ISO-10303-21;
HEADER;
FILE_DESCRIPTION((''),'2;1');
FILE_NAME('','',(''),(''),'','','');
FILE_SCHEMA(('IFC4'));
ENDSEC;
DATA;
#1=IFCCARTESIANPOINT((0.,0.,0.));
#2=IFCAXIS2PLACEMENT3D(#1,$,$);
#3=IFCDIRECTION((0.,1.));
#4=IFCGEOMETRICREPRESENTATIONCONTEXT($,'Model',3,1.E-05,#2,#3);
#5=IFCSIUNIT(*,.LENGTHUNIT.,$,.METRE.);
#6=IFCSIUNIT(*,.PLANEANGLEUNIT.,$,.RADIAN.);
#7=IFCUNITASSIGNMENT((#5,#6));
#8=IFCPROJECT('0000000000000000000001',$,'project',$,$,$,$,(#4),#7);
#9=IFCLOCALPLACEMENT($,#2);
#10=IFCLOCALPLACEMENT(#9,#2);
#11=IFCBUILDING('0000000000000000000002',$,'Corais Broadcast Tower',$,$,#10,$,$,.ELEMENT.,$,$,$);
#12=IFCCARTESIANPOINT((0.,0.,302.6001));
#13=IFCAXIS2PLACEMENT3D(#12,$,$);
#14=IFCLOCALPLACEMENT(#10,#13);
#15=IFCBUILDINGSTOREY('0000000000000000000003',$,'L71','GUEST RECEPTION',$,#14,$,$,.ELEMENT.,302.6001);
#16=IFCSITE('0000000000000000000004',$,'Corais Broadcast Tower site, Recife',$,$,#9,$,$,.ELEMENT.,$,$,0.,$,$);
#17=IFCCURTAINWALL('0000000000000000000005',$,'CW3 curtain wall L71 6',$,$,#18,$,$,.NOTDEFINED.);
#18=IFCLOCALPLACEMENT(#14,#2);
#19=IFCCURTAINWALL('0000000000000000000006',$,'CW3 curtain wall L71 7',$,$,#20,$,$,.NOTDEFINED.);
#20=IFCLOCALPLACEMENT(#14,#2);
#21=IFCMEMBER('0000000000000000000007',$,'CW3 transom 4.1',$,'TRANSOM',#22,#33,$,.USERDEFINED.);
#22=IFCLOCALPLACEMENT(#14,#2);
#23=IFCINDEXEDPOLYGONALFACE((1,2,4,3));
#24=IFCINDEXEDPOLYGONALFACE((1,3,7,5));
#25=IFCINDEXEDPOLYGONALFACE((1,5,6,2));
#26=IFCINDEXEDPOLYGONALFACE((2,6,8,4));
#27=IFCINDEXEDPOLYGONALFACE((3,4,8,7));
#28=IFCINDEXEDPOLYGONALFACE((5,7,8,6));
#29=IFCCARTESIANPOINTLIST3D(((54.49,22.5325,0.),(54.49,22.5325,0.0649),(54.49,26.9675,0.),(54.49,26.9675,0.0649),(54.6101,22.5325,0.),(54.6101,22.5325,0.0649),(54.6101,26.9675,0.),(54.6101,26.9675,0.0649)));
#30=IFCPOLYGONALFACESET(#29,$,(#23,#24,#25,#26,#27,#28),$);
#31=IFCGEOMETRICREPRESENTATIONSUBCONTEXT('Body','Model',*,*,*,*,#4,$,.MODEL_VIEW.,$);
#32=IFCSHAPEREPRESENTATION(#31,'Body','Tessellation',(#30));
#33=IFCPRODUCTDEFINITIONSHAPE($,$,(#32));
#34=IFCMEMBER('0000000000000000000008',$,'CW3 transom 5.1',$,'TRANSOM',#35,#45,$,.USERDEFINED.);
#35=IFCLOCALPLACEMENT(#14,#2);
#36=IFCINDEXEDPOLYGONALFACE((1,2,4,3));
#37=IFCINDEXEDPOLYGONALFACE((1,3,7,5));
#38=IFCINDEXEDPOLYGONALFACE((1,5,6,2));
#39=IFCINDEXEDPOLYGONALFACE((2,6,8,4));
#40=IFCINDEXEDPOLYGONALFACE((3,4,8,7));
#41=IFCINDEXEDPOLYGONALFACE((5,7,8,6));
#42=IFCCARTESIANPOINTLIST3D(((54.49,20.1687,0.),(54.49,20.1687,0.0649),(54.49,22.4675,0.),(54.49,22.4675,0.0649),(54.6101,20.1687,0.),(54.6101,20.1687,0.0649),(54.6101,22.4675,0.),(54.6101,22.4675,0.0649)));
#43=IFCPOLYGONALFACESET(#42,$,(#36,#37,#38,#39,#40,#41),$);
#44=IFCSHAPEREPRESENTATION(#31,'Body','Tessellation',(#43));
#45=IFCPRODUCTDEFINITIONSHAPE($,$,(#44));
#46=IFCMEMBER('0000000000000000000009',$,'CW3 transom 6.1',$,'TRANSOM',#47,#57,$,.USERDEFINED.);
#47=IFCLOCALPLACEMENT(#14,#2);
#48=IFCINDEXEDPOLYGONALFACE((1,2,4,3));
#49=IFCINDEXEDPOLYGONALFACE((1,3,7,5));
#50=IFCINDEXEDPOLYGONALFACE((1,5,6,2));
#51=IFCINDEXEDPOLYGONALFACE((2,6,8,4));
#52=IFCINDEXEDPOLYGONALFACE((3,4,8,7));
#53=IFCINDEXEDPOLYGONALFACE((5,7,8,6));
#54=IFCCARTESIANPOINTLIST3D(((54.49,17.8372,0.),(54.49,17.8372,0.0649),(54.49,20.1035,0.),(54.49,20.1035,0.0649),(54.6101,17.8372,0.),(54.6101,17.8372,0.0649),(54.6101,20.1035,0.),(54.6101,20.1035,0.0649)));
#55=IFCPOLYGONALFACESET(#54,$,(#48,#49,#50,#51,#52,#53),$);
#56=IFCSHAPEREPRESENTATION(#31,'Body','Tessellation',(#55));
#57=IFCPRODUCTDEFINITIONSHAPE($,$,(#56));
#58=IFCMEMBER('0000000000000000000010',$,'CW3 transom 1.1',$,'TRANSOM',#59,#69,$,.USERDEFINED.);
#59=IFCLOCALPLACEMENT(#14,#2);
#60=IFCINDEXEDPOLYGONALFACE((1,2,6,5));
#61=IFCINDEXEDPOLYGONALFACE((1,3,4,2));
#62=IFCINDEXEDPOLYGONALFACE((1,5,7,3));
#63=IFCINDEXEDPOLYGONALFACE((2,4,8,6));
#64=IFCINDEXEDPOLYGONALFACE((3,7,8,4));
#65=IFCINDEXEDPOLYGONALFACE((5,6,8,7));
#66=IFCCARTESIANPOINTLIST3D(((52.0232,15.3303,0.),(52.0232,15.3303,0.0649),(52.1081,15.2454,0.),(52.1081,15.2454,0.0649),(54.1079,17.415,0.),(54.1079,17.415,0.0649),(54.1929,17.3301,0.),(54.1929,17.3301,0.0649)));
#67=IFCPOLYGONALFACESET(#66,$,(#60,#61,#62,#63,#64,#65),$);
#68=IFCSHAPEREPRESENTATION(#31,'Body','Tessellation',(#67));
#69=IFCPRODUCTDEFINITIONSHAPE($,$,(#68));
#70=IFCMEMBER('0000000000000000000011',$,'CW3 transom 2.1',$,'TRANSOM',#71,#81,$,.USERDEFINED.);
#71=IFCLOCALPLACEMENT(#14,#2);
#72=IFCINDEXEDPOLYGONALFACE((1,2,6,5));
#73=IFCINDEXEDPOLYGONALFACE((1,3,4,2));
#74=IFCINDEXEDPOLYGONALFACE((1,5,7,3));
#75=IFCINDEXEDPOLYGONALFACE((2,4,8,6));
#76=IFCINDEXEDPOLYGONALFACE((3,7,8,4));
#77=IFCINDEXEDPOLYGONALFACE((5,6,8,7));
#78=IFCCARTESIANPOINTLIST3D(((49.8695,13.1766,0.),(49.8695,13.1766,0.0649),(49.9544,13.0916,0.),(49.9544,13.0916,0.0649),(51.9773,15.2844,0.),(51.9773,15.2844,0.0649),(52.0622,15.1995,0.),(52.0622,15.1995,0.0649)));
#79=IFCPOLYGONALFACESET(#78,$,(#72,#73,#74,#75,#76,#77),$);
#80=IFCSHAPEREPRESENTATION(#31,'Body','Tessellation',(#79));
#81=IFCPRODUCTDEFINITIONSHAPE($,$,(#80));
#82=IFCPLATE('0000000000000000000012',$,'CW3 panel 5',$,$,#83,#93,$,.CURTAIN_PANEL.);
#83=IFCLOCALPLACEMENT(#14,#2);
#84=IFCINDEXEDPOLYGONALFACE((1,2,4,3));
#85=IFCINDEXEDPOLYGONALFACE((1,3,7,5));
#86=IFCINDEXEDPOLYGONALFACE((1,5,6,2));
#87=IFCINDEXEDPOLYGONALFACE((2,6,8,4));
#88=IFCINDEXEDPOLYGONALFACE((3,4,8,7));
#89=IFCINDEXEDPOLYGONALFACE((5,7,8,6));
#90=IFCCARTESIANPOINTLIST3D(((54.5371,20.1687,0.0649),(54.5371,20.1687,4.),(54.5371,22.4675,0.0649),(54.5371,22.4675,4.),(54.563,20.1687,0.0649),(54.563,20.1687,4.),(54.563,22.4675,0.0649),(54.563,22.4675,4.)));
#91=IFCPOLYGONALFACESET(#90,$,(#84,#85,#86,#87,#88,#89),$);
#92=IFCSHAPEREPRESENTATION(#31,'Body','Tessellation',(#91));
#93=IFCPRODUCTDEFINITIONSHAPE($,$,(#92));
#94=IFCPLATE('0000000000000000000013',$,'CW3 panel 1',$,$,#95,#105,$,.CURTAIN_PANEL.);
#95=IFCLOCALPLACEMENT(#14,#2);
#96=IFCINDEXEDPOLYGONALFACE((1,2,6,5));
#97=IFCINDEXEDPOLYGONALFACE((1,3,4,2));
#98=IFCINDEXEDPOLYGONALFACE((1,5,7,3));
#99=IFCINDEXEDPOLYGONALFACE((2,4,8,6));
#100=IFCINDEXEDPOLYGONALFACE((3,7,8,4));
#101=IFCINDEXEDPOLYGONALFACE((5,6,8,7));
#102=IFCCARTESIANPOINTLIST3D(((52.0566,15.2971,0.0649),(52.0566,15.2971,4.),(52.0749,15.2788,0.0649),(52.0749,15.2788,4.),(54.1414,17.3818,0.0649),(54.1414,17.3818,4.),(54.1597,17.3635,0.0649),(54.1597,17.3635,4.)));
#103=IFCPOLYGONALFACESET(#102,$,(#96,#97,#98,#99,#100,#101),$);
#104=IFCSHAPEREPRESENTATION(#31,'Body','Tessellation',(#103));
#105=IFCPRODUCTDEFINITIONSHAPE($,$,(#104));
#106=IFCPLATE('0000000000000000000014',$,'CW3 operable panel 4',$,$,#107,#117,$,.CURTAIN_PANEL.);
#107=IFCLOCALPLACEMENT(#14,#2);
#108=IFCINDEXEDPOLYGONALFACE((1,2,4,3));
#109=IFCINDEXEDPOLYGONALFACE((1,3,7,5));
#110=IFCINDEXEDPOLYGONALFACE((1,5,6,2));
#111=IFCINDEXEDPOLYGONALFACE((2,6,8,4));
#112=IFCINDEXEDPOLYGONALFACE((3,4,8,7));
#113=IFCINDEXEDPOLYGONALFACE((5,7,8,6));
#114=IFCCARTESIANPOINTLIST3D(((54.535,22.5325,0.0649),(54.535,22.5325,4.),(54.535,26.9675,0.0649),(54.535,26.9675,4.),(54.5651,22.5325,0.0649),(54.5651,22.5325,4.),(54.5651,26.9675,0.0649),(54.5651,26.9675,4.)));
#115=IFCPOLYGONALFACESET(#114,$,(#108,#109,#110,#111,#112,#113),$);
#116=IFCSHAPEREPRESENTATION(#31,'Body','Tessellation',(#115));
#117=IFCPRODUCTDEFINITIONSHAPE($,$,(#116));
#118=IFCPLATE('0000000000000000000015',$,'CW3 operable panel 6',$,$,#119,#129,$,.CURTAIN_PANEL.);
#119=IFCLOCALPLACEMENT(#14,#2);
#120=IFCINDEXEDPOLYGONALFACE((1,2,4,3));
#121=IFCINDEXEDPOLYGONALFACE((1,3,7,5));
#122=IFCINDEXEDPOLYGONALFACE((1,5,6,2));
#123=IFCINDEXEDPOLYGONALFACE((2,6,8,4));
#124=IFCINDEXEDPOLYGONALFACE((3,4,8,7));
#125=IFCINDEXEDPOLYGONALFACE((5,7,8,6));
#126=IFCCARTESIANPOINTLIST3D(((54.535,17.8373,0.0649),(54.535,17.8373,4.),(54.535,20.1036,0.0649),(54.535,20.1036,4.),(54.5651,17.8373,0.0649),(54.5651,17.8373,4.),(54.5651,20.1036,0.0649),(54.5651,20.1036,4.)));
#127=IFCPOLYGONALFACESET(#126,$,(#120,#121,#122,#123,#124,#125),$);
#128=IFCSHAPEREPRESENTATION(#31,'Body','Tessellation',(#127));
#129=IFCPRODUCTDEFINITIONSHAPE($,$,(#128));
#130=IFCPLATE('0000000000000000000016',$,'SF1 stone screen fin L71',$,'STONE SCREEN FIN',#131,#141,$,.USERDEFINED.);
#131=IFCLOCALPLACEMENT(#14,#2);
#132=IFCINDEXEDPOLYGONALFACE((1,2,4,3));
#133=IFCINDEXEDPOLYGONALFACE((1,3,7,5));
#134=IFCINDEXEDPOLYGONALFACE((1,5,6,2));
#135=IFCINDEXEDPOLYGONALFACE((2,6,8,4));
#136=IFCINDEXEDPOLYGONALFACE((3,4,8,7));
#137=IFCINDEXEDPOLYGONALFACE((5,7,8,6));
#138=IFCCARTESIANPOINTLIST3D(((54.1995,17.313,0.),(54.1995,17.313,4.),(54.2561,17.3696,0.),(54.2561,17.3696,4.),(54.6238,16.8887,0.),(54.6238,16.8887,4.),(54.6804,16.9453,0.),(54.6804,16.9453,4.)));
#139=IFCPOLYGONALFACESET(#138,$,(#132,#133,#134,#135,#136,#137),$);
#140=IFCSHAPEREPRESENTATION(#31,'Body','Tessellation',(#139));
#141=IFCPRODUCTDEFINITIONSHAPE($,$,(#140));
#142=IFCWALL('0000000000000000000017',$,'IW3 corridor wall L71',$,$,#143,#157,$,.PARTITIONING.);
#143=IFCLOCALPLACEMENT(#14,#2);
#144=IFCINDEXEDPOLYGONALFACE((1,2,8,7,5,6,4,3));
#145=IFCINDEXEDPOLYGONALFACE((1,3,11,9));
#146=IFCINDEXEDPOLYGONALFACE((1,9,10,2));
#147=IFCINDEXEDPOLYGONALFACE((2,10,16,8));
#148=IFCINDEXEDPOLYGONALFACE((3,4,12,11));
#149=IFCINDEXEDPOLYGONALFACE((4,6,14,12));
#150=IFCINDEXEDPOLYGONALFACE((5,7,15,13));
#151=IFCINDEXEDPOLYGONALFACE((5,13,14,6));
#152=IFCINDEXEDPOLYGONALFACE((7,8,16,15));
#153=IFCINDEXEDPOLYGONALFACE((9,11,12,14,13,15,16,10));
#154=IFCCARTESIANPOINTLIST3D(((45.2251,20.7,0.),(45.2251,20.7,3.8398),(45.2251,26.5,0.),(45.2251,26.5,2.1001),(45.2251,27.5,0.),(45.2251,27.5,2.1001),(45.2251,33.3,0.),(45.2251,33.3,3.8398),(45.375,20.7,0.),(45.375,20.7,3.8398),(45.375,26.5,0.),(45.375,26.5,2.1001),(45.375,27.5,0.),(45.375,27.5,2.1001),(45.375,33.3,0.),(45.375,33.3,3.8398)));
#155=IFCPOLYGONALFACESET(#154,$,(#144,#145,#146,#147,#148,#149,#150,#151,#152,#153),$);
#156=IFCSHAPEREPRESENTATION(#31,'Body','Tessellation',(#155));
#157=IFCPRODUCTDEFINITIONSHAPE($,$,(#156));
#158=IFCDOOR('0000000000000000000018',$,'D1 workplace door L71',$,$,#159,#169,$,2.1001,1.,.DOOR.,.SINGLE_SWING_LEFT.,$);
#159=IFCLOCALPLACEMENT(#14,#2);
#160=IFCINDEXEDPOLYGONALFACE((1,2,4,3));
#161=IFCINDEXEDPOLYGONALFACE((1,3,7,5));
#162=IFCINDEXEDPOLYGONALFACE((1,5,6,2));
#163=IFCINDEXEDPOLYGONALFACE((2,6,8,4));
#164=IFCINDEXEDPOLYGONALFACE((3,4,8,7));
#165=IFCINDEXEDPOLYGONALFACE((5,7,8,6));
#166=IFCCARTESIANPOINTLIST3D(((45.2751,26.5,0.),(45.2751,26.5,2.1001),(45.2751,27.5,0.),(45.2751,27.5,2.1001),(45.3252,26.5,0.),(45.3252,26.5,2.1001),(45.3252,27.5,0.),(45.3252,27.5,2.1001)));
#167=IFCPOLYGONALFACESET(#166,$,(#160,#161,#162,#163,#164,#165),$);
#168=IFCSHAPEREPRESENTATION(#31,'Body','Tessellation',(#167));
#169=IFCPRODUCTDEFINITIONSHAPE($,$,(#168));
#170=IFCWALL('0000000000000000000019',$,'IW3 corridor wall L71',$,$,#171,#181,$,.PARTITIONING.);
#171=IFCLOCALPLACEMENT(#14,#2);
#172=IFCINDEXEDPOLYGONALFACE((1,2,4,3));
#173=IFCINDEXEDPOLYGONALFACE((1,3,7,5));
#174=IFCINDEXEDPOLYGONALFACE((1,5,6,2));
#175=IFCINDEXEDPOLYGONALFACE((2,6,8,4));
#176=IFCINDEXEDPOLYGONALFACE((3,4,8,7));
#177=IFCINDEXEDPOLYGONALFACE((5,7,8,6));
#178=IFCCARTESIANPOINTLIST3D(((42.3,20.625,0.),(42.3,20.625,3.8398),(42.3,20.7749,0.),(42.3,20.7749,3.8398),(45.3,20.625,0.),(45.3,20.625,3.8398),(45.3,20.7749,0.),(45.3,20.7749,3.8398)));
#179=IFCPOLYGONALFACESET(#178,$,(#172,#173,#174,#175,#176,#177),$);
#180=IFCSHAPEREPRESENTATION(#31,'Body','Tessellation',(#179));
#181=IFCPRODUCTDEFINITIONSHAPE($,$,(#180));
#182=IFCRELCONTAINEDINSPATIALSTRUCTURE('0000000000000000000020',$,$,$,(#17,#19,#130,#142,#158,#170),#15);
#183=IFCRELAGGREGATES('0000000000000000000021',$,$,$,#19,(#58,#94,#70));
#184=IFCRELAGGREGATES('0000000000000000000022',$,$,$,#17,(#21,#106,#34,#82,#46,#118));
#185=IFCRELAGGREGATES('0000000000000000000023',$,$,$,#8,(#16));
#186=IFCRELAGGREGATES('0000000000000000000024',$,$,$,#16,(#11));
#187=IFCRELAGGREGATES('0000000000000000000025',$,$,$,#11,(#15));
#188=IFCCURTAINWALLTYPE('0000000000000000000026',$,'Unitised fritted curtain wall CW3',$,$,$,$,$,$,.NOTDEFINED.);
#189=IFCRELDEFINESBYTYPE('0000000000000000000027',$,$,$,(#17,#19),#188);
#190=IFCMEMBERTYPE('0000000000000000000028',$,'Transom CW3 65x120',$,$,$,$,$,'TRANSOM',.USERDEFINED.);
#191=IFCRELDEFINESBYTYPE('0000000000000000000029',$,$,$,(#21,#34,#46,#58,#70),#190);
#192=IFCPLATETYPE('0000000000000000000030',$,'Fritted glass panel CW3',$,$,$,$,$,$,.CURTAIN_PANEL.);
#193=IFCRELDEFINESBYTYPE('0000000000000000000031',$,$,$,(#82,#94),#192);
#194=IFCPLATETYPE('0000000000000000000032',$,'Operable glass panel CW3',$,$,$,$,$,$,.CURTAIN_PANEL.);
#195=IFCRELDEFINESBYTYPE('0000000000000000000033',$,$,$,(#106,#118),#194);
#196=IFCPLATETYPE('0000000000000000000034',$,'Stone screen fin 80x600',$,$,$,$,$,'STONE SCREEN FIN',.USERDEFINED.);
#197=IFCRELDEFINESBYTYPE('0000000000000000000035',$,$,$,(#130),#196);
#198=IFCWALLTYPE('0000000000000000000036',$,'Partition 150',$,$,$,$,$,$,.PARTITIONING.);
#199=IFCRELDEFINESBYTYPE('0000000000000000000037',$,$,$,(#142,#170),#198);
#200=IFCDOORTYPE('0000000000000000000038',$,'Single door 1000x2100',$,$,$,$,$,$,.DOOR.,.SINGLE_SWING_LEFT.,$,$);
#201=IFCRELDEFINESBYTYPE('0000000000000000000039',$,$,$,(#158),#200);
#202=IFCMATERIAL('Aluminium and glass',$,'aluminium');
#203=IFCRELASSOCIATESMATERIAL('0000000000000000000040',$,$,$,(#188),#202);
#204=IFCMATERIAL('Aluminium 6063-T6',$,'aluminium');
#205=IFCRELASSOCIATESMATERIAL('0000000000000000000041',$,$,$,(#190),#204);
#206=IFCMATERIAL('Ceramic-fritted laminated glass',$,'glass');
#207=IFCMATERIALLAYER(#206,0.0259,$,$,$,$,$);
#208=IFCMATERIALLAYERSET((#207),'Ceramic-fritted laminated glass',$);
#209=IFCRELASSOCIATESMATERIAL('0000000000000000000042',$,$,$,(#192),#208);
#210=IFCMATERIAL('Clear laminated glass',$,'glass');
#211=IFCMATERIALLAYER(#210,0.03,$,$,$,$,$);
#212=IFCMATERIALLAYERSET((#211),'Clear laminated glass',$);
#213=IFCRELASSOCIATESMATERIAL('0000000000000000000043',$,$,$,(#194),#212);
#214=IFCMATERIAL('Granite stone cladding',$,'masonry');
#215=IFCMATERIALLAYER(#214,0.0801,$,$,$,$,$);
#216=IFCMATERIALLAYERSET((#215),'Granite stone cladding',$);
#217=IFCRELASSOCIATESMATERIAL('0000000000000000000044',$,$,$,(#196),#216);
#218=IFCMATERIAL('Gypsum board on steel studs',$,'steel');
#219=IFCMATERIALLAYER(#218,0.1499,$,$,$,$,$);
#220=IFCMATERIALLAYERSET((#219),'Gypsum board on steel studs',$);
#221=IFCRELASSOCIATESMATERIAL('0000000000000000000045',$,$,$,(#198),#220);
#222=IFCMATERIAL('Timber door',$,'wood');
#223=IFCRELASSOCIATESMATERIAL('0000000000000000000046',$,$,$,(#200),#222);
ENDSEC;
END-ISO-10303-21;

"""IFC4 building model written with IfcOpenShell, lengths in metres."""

from ifc_helpers import new_model, si_unit, direction, frame, frame_2d, origin, origin_2d, place, context, subcontext, project, spatial, rectangle, extrude, material, layer, layer_set, material_profile, profile_set, type_object, element, fill, aggregate, save


model = new_model("IFC4")

# Units and contexts
model_context = context("Model", 3, precision=1e-05, world=origin(), true_north=direction((0.0, 1.0)))
body_context = subcontext(model_context, "Body", "Model", "MODEL_VIEW")
ifc_project = project(units=[si_unit("LENGTHUNIT", "METRE"), si_unit("PLANEANGLEUNIT", "RADIAN")], contexts=[model_context])

# Site, building, storey
site_placement = place(None, origin())
site = spatial("IfcSite", under=ifc_project, at=site_placement, Name="Corais Broadcast Tower site, Recife", CompositionType="ELEMENT", RefElevation=0.0)
building_placement = place(site_placement, origin())
building = spatial("IfcBuilding", under=site, at=building_placement, Name="Corais Broadcast Tower", CompositionType="ELEMENT")
storey_placement = place(building_placement, frame((0.0, 0.0, 302.6001)))
storey = spatial("IfcBuildingStorey", under=building, at=storey_placement, Name="L71", Description="GUEST RECEPTION", CompositionType="ELEMENT", Elevation=302.6001)

# Curtain walls
ifc_material_1 = material(Name="Aluminium and glass", Category="aluminium")
curtain_wall_type = type_object("IfcCurtainWallType", Name="Unitised fritted curtain wall CW3", PredefinedType="NOTDEFINED", material=ifc_material_1)
curtain_wall_1_placement = place(storey_placement, origin())
curtain_wall_1 = element("IfcCurtainWall", 1, at=curtain_wall_1_placement, inside=storey, type_object=curtain_wall_type, Name="CW3 curtain wall L71 6", PredefinedType="NOTDEFINED")
curtain_wall_2_placement = place(storey_placement, origin())
curtain_wall_2 = element("IfcCurtainWall", 2, at=curtain_wall_2_placement, inside=storey, type_object=curtain_wall_type, Name="CW3 curtain wall L71 7", PredefinedType="NOTDEFINED")

# Members
ifc_material_2 = material(Name="Aluminium 6063-T6", Category="aluminium")
ifc_material_profile_1 = material_profile(ifc_material_2, rectangle(XDim=0.1201, YDim=0.0649, at=origin_2d()), Name="Transom CW3 65x120")
ifc_profile_set_1 = profile_set([ifc_material_profile_1], Name="Aluminium 6063-T6")
member_type_1 = type_object("IfcMemberType", Name="Transom CW3 65x120", ElementType="TRANSOM", PredefinedType="USERDEFINED", material=ifc_profile_set_1)
member_1_placement = place(storey_placement, frame((54.55, 26.9675, 0.0325), z_axis=(0.0, -1.0, 0.0), x_axis=(1.0, 0.0, 0.0)))
member_1 = element("IfcMember", 3, at=member_1_placement, type_object=member_type_1, Name="CW3 transom 4.1", ObjectType="TRANSOM", PredefinedType="USERDEFINED", context=body_context, shape_type="SweptSolid", body=[
    extrude(rectangle(XDim=0.1201, YDim=0.0649, at=origin_2d()), origin(), (0.0, 0.0, 1.0), 4.4351),
])
member_2_placement = place(storey_placement, frame((54.55, 22.4675, 0.0325), z_axis=(0.0, -1.0, 0.0), x_axis=(1.0, 0.0, 0.0)))
member_2 = element("IfcMember", 4, at=member_2_placement, type_object=member_type_1, Name="CW3 transom 5.1", ObjectType="TRANSOM", PredefinedType="USERDEFINED", context=body_context, shape_type="SweptSolid", body=[
    extrude(rectangle(XDim=0.1201, YDim=0.0649, at=origin_2d()), origin(), (0.0, 0.0, 1.0), 2.2988),
])
member_3_placement = place(storey_placement, frame((54.55, 20.1035, 0.0325), z_axis=(0.0, -1.0, 0.0), x_axis=(1.0, 0.0, 0.0)))
member_3 = element("IfcMember", 5, at=member_3_placement, type_object=member_type_1, Name="CW3 transom 6.1", ObjectType="TRANSOM", PredefinedType="USERDEFINED", context=body_context, shape_type="SweptSolid", body=[
    extrude(rectangle(XDim=0.1201, YDim=0.0649, at=origin_2d()), origin(), (0.0, 0.0, 1.0), 2.2664),
])
member_4_placement = place(storey_placement, frame((54.1504, 17.3726, 0.0325), z_axis=(-0.707107, -0.707107, 0.0), x_axis=(0.707107, -0.707107, 0.0)))
member_4 = element("IfcMember", 6, at=member_4_placement, type_object=member_type_1, Name="CW3 transom 1.1", ObjectType="TRANSOM", PredefinedType="USERDEFINED", context=body_context, shape_type="SweptSolid", body=[
    extrude(rectangle(XDim=0.1201, YDim=0.0649, at=origin_2d()), origin(), (0.0, 0.0, 1.0), 2.9482),
])
member_5_placement = place(storey_placement, frame((52.0198, 15.2419, 0.0325), z_axis=(-0.707107, -0.707107, 0.0), x_axis=(0.707107, -0.707107, 0.0)))
member_5 = element("IfcMember", 7, at=member_5_placement, type_object=member_type_1, Name="CW3 transom 2.1", ObjectType="TRANSOM", PredefinedType="USERDEFINED", context=body_context, shape_type="SweptSolid", body=[
    extrude(rectangle(XDim=0.1201, YDim=0.0649, at=origin_2d()), origin(), (0.0, 0.0, 1.0), 2.981),
])

# Plates
ifc_material_3 = material(Name="Ceramic-fritted laminated glass", Category="glass")
ifc_layer_1 = layer(ifc_material_3, 0.0259)
ifc_layer_set_1 = layer_set([ifc_layer_1], Name="Ceramic-fritted laminated glass")
plate_type_1 = type_object("IfcPlateType", Name="Fritted glass panel CW3", PredefinedType="CURTAIN_PANEL", material=ifc_layer_set_1)
plate_1_placement = place(storey_placement, frame((54.55, 21.3181, 0.0649), z_axis=(0.0, 0.0, 1.0), x_axis=(0.0, -1.0, 0.0)))
plate_1 = element("IfcPlate", 8, at=plate_1_placement, type_object=plate_type_1, Name="CW3 panel 5", PredefinedType="CURTAIN_PANEL", context=body_context, shape_type="SweptSolid", body=[
    extrude(rectangle(XDim=2.2988, YDim=0.0259, at=origin_2d()), origin(), (0.0, 0.0, 1.0), 3.9351),
])
plate_2_placement = place(storey_placement, frame((53.1082, 16.3303, 0.0649), z_axis=(0.0, 0.0, 1.0), x_axis=(-0.707107, -0.707107, 0.0)))
plate_2 = element("IfcPlate", 9, at=plate_2_placement, type_object=plate_type_1, Name="CW3 panel 1", PredefinedType="CURTAIN_PANEL", context=body_context, shape_type="SweptSolid", body=[
    extrude(rectangle(XDim=2.9482, YDim=0.0259, at=origin_2d()), origin(), (0.0, 0.0, 1.0), 3.9351),
])
aggregate(curtain_wall_2, [member_4, plate_2, member_5])
ifc_material_4 = material(Name="Clear laminated glass", Category="glass")
ifc_layer_2 = layer(ifc_material_4, 0.03)
ifc_layer_set_2 = layer_set([ifc_layer_2], Name="Clear laminated glass")
plate_type_2 = type_object("IfcPlateType", Name="Operable glass panel CW3", PredefinedType="CURTAIN_PANEL", material=ifc_layer_set_2)
plate_3_placement = place(storey_placement, frame((54.55, 24.75, 0.0649), z_axis=(0.0, 0.0, 1.0), x_axis=(0.0, -1.0, 0.0)))
plate_3 = element("IfcPlate", 10, at=plate_3_placement, type_object=plate_type_2, Name="CW3 operable panel 4", PredefinedType="CURTAIN_PANEL", context=body_context, shape_type="SweptSolid", body=[
    extrude(rectangle(XDim=4.4351, YDim=0.03, at=origin_2d()), origin(), (0.0, 0.0, 1.0), 3.9351),
])
plate_4_placement = place(storey_placement, frame((54.55, 18.9705, 0.0649), z_axis=(0.0, 0.0, 1.0), x_axis=(0.0, -1.0, 0.0)))
plate_4 = element("IfcPlate", 11, at=plate_4_placement, type_object=plate_type_2, Name="CW3 operable panel 6", PredefinedType="CURTAIN_PANEL", context=body_context, shape_type="SweptSolid", body=[
    extrude(rectangle(XDim=2.2664, YDim=0.03, at=origin_2d()), origin(), (0.0, 0.0, 1.0), 3.9351),
])
aggregate(curtain_wall_1, [member_1, plate_3, member_2, plate_1, member_3, plate_4])
ifc_material_5 = material(Name="Granite stone cladding", Category="masonry")
ifc_layer_3 = layer(ifc_material_5, 0.0801)
ifc_layer_set_3 = layer_set([ifc_layer_3], Name="Granite stone cladding")
plate_type_3 = type_object("IfcPlateType", Name="Stone screen fin 80x600", ElementType="STONE SCREEN FIN", PredefinedType="USERDEFINED", material=ifc_layer_set_3)
plate_5_placement = place(storey_placement, frame((54.4399, 17.1292, 0.0), z_axis=(0.0, 0.0, 1.0), x_axis=(-0.707107, -0.707107, 0.0)))
element("IfcPlate", 12, at=plate_5_placement, inside=storey, type_object=plate_type_3, Name="SF1 stone screen fin L71", ObjectType="STONE SCREEN FIN", PredefinedType="USERDEFINED", context=body_context, shape_type="SweptSolid", body=[
    extrude(rectangle(XDim=0.0801, YDim=0.6001, at=origin_2d()), origin(), (0.0, 0.0, 1.0), 4.0),
])

# Wall, opening, door
ifc_material_6 = material(Name="Gypsum board on steel studs", Category="steel")
ifc_layer_4 = layer(ifc_material_6, 0.1499)
ifc_layer_set_4 = layer_set([ifc_layer_4], Name="Gypsum board on steel studs")
wall_type = type_object("IfcWallType", Name="Partition 150", PredefinedType="PARTITIONING", material=ifc_layer_set_4)
wall_1_placement = place(storey_placement, frame((45.3, 20.7, 0.0), z_axis=(0.0, 0.0, 1.0), x_axis=(0.0, 1.0, 0.0)))
wall_1 = element("IfcWall", 13, at=wall_1_placement, inside=storey, type_object=wall_type, Name="IW3 corridor wall L71", PredefinedType="PARTITIONING", context=body_context, shape_type="SweptSolid", body=[
    extrude(rectangle(XDim=12.6001, YDim=0.1499, at=frame_2d((6.3, 0.0))), origin(), (0.0, 0.0, 1.0), 3.8398),
])
opening_placement = place(wall_1_placement, frame((5.8, 0.0, 0.0)))
opening = element("IfcOpeningElement", 14, at=opening_placement, cuts=wall_1, PredefinedType="OPENING", context=body_context, shape_type="SweptSolid", body=[
    extrude(rectangle(XDim=1.0, YDim=2.1001, at=frame_2d((0.5, 1.05))), frame((0.0, 0.085, 0.0), z_axis=(0.0, -1.0, 0.0), x_axis=(1.0, 0.0, 0.0)), (0.0, 0.0, 1.0), 0.1699),
])
ifc_material_7 = material(Name="Timber door", Category="wood")
door_type = type_object("IfcDoorType", Name="Single door 1000x2100", OperationType="SINGLE_SWING_LEFT", PredefinedType="DOOR", material=ifc_material_7)
door_placement = place(opening_placement, origin())
door = element("IfcDoor", 15, at=door_placement, inside=storey, type_object=door_type, Name="D1 workplace door L71", OperationType="SINGLE_SWING_LEFT", OverallHeight=2.1001, OverallWidth=1.0, PredefinedType="DOOR", context=body_context, shape_type="SweptSolid", body=[
    extrude(rectangle(XDim=1.0, YDim=2.1001, at=frame_2d((0.5, 1.05))), frame((0.0, 0.0249, 0.0), z_axis=(0.0, -1.0, 0.0), x_axis=(1.0, 0.0, 0.0)), (0.0, 0.0, 1.0), 0.05),
])
fill(opening, door)

# Wall
wall_2_placement = place(storey_placement, frame((42.3, 20.7, 0.0), z_axis=(0.0, 0.0, 1.0), x_axis=(1.0, 0.0, 0.0)))
element("IfcWall", 16, at=wall_2_placement, inside=storey, type_object=wall_type, Name="IW3 corridor wall L71", PredefinedType="PARTITIONING", context=body_context, shape_type="SweptSolid", body=[
    extrude(rectangle(XDim=3.0, YDim=0.1499, at=frame_2d((1.5, 0.0))), origin(), (0.0, 0.0, 1.0), 3.8398),
])

save(model, "model.ifc")
